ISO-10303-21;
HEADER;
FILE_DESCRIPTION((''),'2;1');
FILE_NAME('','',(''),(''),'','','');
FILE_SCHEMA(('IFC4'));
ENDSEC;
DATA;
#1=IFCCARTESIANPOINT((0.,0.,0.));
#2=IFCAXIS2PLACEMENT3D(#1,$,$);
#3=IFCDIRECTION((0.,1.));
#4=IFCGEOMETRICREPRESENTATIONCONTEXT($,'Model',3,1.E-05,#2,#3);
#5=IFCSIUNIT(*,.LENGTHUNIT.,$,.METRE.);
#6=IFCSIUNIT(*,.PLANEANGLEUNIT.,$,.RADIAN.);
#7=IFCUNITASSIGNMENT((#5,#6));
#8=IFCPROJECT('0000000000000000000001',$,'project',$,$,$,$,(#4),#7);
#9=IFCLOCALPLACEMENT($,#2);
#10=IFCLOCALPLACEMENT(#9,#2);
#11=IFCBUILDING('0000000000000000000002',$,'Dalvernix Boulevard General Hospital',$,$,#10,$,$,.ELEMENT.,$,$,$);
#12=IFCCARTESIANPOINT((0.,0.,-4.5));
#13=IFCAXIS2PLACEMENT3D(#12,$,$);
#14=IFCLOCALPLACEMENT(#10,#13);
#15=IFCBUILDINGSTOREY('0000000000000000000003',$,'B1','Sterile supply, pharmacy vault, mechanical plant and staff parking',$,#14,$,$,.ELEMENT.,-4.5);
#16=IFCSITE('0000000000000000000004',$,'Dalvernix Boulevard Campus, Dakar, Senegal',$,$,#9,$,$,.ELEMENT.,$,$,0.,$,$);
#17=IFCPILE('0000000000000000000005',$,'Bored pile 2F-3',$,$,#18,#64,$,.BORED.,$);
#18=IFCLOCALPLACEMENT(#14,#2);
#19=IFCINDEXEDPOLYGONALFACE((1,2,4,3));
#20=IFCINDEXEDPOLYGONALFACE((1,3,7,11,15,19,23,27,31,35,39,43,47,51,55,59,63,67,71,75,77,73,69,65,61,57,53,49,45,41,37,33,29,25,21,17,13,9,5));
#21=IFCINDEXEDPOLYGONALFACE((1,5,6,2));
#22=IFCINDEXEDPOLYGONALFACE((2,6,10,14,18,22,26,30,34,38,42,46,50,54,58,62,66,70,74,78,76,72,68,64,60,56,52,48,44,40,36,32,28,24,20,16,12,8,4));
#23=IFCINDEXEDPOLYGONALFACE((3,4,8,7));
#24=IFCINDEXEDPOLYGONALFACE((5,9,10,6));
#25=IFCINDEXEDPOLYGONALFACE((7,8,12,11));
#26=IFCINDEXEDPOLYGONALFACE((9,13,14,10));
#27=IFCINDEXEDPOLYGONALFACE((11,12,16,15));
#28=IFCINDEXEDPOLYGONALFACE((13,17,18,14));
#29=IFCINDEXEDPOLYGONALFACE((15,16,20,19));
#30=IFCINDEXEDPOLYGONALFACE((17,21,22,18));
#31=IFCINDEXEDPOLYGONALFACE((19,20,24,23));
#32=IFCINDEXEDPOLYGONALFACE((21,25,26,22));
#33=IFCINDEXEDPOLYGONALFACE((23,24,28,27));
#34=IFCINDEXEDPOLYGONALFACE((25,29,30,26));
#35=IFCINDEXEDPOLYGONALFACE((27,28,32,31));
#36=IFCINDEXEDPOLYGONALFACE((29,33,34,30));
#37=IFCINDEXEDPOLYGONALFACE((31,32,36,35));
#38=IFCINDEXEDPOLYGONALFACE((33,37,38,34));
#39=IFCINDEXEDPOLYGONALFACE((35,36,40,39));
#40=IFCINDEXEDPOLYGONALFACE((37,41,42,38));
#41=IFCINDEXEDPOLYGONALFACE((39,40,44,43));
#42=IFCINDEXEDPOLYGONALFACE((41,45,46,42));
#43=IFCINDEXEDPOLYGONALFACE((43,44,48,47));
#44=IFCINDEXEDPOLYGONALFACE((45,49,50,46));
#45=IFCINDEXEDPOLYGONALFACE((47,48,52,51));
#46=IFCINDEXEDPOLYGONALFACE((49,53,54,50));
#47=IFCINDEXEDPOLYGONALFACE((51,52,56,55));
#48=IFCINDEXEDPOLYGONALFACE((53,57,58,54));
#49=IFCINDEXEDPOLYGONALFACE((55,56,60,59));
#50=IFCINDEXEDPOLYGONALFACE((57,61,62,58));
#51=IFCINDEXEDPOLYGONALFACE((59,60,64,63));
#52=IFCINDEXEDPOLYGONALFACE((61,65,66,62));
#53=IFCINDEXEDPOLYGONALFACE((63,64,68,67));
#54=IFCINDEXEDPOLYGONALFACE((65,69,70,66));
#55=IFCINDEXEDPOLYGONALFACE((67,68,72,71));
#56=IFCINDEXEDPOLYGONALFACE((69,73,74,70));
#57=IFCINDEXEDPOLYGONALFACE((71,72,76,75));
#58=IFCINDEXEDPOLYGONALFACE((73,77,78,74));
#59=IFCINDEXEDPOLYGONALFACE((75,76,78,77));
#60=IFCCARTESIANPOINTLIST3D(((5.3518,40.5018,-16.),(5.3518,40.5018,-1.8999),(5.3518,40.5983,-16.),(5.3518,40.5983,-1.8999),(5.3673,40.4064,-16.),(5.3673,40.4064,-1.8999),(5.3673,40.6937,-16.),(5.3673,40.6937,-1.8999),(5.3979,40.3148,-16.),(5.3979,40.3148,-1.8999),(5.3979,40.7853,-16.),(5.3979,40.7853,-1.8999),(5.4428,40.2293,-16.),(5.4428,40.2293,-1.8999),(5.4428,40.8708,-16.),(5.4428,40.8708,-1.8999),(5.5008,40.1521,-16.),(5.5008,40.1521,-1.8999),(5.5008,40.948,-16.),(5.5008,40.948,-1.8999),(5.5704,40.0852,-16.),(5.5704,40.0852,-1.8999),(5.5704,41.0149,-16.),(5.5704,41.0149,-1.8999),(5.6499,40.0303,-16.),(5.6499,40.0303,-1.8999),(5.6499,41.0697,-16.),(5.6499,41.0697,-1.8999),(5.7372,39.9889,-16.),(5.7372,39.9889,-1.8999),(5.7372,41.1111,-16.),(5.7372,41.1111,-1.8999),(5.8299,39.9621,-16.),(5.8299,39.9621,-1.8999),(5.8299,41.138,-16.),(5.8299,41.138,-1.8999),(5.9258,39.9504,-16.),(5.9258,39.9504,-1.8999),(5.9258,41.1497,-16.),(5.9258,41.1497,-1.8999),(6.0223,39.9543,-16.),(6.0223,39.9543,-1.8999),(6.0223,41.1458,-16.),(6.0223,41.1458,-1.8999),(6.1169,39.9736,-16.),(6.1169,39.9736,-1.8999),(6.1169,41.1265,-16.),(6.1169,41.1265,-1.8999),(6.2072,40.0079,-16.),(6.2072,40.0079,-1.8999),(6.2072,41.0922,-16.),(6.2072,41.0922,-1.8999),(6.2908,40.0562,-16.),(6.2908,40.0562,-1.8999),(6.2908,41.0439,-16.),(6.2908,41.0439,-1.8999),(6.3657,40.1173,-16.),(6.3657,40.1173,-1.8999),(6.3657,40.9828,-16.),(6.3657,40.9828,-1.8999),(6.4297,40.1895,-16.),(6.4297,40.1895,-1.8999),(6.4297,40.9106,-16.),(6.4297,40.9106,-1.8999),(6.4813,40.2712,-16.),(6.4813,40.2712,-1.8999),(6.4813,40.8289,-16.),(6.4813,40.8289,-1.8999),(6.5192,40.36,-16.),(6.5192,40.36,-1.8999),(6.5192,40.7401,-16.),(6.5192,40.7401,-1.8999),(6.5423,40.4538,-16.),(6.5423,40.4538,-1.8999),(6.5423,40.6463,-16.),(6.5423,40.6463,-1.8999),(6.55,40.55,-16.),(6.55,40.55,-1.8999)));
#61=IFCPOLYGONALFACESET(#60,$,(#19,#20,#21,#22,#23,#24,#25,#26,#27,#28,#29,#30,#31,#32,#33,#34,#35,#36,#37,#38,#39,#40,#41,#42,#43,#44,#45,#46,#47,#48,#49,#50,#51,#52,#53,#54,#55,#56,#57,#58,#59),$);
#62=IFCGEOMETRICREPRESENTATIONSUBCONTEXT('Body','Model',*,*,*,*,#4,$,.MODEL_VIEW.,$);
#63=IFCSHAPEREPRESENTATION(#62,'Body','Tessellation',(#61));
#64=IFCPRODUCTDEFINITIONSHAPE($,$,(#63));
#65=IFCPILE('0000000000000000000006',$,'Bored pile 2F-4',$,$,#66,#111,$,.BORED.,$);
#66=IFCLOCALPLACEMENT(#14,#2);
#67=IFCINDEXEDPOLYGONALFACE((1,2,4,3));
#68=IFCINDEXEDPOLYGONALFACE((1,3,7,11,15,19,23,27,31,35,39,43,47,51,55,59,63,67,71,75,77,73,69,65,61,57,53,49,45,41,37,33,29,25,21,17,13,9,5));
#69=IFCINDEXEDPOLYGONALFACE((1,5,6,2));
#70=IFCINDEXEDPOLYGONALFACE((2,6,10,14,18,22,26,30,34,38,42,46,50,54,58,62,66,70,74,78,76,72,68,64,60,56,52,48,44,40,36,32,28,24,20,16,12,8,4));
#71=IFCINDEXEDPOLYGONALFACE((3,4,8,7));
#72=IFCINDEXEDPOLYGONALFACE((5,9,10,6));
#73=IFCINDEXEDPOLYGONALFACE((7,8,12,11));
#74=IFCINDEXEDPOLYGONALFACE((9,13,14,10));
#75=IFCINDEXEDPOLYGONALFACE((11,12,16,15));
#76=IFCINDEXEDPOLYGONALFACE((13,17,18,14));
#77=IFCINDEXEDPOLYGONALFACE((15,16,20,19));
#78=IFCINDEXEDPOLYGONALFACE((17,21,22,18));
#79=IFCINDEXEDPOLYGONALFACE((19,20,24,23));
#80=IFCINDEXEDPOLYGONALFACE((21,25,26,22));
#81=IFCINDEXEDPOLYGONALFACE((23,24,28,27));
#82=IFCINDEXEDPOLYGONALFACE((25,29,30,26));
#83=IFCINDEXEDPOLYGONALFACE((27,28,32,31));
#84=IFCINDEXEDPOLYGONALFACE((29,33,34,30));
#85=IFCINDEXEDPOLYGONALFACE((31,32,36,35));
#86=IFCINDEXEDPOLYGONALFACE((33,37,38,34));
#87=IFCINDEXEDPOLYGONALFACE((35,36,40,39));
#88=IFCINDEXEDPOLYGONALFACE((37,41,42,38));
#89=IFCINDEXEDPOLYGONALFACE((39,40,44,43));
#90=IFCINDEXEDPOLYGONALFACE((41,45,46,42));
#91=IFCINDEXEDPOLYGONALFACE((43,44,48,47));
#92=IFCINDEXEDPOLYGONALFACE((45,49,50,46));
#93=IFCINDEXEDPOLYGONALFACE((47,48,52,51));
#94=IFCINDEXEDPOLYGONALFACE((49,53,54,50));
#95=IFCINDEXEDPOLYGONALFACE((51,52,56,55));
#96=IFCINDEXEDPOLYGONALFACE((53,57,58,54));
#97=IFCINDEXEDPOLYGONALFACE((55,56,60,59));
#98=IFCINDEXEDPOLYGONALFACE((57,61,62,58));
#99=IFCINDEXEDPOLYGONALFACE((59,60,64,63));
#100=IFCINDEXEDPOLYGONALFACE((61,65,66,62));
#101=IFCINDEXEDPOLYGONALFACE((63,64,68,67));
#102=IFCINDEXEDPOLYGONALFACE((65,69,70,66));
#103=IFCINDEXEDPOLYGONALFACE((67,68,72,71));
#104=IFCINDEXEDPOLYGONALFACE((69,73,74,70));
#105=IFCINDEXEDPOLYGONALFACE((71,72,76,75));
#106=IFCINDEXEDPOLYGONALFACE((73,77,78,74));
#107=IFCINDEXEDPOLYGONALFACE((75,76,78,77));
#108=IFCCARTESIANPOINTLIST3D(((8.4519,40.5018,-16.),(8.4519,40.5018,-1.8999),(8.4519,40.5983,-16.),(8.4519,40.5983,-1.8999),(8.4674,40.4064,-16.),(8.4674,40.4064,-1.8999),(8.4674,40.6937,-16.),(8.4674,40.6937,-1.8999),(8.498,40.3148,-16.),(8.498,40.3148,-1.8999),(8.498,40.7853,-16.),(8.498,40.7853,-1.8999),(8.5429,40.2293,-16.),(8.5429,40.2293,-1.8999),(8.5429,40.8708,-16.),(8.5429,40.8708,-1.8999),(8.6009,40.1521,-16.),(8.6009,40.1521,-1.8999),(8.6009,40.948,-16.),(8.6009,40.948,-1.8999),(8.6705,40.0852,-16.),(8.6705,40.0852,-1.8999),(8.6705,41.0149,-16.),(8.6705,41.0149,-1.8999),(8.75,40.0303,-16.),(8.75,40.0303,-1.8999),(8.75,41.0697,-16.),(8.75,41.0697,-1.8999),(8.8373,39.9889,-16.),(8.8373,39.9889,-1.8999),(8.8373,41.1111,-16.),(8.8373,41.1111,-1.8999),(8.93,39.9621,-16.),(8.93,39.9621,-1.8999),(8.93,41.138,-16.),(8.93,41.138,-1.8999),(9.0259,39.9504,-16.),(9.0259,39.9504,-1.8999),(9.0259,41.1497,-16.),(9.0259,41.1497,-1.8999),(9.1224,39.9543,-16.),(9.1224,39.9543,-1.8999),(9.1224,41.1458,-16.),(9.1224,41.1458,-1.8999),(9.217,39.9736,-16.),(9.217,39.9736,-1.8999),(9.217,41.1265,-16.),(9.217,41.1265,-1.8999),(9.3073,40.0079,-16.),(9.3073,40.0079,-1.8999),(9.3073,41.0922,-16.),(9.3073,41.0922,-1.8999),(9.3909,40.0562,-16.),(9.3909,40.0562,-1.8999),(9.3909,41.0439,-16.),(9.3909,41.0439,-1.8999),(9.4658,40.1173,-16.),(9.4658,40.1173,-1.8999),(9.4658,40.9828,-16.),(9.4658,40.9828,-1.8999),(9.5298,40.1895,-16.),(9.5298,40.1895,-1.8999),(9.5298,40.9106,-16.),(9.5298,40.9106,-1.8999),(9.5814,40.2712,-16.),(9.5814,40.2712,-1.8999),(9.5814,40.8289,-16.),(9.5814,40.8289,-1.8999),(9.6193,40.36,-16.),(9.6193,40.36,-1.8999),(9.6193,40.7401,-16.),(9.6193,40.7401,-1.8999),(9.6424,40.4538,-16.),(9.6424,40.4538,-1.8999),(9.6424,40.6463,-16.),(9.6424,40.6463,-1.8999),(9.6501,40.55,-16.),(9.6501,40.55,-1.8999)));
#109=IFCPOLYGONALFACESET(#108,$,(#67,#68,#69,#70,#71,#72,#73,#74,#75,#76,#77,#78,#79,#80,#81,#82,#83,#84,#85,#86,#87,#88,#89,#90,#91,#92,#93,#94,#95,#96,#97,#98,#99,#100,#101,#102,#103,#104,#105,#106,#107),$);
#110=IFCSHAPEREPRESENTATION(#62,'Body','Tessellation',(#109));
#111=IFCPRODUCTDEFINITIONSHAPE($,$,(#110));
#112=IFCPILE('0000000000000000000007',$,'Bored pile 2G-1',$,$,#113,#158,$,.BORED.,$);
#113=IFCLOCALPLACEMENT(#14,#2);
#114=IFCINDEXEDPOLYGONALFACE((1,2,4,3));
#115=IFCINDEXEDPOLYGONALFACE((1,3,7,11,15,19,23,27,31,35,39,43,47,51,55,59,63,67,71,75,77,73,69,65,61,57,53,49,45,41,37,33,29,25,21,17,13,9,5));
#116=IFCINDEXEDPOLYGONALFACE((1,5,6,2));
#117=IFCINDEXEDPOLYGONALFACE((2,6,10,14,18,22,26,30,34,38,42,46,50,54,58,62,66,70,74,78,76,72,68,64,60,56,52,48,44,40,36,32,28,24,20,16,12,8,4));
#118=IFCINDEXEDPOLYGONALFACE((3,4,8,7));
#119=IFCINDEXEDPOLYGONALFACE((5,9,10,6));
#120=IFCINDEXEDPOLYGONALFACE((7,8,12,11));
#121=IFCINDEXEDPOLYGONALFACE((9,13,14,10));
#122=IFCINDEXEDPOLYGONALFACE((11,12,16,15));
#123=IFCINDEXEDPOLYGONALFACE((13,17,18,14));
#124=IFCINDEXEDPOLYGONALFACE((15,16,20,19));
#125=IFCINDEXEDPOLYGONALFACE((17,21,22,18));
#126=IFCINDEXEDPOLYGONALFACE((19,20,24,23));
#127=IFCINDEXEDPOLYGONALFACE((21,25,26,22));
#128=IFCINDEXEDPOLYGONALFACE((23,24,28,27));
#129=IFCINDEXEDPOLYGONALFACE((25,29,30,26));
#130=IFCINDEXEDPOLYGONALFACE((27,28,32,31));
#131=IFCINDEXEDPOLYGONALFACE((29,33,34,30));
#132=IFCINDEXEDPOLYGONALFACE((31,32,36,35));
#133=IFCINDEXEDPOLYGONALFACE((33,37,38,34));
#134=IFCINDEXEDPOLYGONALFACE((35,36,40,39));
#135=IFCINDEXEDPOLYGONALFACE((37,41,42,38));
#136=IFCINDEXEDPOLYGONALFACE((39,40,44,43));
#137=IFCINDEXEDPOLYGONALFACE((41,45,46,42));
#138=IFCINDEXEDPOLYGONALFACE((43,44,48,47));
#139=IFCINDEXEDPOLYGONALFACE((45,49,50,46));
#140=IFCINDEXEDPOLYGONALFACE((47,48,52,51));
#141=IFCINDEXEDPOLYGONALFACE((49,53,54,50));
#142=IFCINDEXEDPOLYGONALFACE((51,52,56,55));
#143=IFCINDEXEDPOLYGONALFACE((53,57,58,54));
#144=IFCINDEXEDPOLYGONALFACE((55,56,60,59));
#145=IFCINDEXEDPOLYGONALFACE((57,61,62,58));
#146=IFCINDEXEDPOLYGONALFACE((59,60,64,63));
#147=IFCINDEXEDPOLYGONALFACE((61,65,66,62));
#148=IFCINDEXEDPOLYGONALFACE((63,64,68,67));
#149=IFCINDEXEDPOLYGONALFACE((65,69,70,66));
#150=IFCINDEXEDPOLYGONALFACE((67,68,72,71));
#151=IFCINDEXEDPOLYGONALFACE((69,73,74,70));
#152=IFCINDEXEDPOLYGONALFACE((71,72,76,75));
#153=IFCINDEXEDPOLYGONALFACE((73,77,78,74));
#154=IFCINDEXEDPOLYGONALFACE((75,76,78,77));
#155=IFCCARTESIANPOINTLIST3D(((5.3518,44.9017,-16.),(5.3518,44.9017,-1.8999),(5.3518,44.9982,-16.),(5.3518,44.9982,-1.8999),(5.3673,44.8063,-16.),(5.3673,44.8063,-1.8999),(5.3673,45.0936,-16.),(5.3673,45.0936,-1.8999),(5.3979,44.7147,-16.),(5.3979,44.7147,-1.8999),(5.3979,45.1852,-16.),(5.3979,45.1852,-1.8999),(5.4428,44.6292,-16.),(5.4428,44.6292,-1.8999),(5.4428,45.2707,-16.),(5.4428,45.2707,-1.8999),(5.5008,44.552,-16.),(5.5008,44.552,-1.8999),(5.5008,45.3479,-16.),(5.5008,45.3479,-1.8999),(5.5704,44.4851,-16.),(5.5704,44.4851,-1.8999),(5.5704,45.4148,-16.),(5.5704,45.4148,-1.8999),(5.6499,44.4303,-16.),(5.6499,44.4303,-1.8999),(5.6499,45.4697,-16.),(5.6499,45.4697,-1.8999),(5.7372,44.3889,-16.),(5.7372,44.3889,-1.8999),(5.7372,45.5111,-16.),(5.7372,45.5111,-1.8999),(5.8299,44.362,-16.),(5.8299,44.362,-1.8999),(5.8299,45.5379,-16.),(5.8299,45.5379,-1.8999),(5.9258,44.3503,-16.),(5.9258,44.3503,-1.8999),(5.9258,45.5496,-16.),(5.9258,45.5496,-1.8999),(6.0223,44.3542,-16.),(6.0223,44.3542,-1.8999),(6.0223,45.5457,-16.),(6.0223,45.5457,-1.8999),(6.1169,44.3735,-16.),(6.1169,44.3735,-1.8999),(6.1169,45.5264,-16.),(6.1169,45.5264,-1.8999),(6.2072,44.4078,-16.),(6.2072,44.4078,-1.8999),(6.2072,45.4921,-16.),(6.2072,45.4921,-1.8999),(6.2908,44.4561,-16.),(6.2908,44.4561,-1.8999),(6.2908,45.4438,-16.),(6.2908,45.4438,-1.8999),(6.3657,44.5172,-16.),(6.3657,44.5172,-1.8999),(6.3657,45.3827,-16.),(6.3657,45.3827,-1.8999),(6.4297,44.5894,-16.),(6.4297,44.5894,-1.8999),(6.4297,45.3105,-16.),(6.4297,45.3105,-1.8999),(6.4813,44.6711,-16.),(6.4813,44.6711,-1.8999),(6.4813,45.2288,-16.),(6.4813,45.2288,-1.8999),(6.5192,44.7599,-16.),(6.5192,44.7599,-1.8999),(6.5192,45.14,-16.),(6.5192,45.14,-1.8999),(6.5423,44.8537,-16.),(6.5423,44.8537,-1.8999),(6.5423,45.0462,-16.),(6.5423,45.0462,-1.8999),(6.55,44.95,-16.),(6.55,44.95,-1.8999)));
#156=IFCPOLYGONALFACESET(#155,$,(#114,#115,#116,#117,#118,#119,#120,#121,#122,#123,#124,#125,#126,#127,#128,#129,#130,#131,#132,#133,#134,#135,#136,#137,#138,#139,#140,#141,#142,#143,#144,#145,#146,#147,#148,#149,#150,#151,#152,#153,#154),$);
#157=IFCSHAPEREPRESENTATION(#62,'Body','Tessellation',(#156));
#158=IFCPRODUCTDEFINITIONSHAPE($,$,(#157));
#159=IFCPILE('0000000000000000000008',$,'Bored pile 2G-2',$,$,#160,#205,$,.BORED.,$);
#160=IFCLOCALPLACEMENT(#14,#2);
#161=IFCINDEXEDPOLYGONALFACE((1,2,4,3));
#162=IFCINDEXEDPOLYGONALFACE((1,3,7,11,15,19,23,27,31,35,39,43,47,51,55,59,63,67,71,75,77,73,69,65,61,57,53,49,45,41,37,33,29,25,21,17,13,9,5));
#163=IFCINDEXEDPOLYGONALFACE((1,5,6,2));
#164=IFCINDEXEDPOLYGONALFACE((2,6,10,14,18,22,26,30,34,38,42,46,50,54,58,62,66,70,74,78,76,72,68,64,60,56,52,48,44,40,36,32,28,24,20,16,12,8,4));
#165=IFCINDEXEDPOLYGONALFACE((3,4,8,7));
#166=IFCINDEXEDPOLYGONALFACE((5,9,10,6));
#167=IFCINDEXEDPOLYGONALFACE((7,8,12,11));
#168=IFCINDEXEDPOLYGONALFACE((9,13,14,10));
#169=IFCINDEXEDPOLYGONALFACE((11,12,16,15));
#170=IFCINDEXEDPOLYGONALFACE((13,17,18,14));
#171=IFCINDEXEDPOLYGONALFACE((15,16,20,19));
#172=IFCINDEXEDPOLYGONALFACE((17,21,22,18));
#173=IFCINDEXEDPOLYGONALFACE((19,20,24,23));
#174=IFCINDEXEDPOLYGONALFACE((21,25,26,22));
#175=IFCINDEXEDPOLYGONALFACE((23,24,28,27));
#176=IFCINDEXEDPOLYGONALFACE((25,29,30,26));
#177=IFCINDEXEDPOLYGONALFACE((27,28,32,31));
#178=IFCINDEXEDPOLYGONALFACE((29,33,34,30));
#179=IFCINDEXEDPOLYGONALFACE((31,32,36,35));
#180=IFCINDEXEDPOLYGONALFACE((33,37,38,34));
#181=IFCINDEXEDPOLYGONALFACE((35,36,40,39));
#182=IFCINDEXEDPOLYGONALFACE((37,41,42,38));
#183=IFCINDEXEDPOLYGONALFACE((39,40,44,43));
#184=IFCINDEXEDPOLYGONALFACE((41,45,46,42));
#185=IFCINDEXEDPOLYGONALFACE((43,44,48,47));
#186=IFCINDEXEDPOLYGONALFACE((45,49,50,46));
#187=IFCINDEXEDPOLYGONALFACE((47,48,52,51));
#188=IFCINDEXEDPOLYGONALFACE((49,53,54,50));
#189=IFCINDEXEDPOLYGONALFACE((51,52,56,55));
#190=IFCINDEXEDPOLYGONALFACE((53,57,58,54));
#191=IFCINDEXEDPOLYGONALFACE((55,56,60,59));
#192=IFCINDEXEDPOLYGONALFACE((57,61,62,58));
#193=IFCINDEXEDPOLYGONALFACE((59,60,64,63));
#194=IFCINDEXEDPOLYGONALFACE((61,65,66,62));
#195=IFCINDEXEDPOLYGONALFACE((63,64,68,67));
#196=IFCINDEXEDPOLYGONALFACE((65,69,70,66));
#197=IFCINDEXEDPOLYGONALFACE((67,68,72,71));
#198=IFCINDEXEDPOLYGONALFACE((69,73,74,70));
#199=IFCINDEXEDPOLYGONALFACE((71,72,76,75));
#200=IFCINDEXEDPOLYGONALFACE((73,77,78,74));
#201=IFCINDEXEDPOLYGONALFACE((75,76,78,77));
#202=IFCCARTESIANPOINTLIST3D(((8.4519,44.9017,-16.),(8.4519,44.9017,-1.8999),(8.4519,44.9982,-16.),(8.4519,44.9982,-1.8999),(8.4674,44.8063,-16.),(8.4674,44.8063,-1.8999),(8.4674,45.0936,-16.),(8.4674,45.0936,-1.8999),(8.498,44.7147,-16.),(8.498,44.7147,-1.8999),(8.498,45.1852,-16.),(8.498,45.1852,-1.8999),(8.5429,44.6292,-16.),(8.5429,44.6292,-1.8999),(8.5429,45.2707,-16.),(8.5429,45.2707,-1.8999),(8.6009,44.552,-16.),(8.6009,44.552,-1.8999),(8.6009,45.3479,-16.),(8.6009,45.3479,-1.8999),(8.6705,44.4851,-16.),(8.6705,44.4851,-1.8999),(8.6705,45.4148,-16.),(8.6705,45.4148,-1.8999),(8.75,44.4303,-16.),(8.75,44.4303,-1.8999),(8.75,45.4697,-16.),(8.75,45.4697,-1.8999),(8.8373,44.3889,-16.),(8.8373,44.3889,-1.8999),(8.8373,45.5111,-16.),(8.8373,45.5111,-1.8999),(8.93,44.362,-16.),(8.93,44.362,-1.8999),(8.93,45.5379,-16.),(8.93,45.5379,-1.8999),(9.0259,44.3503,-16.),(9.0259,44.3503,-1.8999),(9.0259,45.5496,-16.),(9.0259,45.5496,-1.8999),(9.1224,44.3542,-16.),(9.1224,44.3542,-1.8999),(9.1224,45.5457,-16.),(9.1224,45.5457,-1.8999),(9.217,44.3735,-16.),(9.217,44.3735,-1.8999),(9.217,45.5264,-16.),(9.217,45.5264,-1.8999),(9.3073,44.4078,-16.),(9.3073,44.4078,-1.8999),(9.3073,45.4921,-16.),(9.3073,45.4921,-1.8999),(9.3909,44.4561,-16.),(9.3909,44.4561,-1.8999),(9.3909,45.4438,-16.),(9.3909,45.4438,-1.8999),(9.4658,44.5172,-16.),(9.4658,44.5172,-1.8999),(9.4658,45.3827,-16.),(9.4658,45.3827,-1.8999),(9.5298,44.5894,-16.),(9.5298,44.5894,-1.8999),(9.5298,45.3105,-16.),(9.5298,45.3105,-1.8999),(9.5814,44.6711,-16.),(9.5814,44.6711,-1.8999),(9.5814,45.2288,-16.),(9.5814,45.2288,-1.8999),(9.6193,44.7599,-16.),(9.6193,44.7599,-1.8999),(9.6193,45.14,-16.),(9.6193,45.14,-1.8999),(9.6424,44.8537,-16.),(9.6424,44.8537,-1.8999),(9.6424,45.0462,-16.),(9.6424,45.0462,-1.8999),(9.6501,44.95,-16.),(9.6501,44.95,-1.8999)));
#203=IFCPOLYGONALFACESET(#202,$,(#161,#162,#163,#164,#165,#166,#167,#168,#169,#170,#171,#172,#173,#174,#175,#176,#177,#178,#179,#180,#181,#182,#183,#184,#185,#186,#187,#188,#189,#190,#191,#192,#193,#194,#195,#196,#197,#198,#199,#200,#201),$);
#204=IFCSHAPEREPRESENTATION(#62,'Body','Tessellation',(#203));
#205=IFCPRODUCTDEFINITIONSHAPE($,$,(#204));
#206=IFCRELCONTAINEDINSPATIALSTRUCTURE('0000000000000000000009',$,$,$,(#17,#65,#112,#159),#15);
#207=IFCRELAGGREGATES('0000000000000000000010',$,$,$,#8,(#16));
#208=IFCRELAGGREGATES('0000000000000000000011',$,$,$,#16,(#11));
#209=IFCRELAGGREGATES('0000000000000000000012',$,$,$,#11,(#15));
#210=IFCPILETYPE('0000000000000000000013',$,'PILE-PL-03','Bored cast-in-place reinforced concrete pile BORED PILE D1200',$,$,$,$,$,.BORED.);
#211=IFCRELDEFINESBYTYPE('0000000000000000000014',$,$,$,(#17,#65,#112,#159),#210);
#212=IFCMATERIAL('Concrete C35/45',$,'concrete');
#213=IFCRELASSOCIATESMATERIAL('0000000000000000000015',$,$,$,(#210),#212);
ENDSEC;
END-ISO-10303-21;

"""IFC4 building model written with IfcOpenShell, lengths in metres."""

from ifc_helpers import new_model, si_unit, direction, frame, origin, origin_2d, place, context, subcontext, project, spatial, circle, extrude, material, material_profile, profile_set, type_object, element, save


model = new_model("IFC4")

# Units and contexts
model_context = context("Model", 3, precision=1e-05, world=origin(), true_north=direction((0.0, 1.0)))
body_context = subcontext(model_context, "Body", "Model", "MODEL_VIEW")
ifc_project = project(units=[si_unit("LENGTHUNIT", "METRE"), si_unit("PLANEANGLEUNIT", "RADIAN")], contexts=[model_context])

# Site, building, storey
site_placement = place(None, origin())
site = spatial("IfcSite", under=ifc_project, at=site_placement, Name="Dalvernix Boulevard Campus, Dakar, Senegal", CompositionType="ELEMENT", RefElevation=0.0)
building_placement = place(site_placement, origin())
building = spatial("IfcBuilding", under=site, at=building_placement, Name="Dalvernix Boulevard General Hospital", CompositionType="ELEMENT")
storey_placement = place(building_placement, frame((0.0, 0.0, -4.5)))
storey = spatial("IfcBuildingStorey", under=building, at=storey_placement, Name="B1", Description="Sterile supply, pharmacy vault, mechanical plant and staff parking", CompositionType="ELEMENT", Elevation=-4.5)

# Shared definitions
ifc_material_1 = material(Name="Concrete C35/45", Category="concrete")

# Piles
ifc_material_profile_1 = material_profile(ifc_material_1, circle(Radius=0.6001, at=origin_2d()), Name="BORED PILE D1200")
ifc_profile_set_1 = profile_set([ifc_material_profile_1], Name="Concrete C35/45")
pile_type = type_object("IfcPileType", Name="PILE-PL-03", Description="Bored cast-in-place reinforced concrete pile BORED PILE D1200", PredefinedType="BORED", material=ifc_profile_set_1)
for number, where, z_axis, x_axis, name in (
    (1, (5.95, 40.55, -1.8999), (0.0, 0.0, -1.0), (1.0, 0.0, 0.0), "Bored pile 2F-3"),
    (2, (9.05, 40.55, -1.8999), (0.0, 0.0, -1.0), (1.0, 0.0, 0.0), "Bored pile 2F-4"),
    (3, (5.95, 44.95, -1.8999), (0.0, 0.0, -1.0), (1.0, 0.0, 0.0), "Bored pile 2G-1"),
    (4, (9.05, 44.95, -1.8999), (0.0, 0.0, -1.0), (1.0, 0.0, 0.0), "Bored pile 2G-2"),
):
    element("IfcPile", number, at=place(storey_placement, frame(where, z_axis=z_axis, x_axis=x_axis)), inside=storey, type_object=pile_type, Name=name, PredefinedType="BORED", context=body_context, shape_type="SweptSolid", body=[
        extrude(circle(Radius=0.6001, at=origin_2d()), origin(), (0.0, 0.0, 1.0), 14.1001),
    ])

save(model, "model.ifc")
